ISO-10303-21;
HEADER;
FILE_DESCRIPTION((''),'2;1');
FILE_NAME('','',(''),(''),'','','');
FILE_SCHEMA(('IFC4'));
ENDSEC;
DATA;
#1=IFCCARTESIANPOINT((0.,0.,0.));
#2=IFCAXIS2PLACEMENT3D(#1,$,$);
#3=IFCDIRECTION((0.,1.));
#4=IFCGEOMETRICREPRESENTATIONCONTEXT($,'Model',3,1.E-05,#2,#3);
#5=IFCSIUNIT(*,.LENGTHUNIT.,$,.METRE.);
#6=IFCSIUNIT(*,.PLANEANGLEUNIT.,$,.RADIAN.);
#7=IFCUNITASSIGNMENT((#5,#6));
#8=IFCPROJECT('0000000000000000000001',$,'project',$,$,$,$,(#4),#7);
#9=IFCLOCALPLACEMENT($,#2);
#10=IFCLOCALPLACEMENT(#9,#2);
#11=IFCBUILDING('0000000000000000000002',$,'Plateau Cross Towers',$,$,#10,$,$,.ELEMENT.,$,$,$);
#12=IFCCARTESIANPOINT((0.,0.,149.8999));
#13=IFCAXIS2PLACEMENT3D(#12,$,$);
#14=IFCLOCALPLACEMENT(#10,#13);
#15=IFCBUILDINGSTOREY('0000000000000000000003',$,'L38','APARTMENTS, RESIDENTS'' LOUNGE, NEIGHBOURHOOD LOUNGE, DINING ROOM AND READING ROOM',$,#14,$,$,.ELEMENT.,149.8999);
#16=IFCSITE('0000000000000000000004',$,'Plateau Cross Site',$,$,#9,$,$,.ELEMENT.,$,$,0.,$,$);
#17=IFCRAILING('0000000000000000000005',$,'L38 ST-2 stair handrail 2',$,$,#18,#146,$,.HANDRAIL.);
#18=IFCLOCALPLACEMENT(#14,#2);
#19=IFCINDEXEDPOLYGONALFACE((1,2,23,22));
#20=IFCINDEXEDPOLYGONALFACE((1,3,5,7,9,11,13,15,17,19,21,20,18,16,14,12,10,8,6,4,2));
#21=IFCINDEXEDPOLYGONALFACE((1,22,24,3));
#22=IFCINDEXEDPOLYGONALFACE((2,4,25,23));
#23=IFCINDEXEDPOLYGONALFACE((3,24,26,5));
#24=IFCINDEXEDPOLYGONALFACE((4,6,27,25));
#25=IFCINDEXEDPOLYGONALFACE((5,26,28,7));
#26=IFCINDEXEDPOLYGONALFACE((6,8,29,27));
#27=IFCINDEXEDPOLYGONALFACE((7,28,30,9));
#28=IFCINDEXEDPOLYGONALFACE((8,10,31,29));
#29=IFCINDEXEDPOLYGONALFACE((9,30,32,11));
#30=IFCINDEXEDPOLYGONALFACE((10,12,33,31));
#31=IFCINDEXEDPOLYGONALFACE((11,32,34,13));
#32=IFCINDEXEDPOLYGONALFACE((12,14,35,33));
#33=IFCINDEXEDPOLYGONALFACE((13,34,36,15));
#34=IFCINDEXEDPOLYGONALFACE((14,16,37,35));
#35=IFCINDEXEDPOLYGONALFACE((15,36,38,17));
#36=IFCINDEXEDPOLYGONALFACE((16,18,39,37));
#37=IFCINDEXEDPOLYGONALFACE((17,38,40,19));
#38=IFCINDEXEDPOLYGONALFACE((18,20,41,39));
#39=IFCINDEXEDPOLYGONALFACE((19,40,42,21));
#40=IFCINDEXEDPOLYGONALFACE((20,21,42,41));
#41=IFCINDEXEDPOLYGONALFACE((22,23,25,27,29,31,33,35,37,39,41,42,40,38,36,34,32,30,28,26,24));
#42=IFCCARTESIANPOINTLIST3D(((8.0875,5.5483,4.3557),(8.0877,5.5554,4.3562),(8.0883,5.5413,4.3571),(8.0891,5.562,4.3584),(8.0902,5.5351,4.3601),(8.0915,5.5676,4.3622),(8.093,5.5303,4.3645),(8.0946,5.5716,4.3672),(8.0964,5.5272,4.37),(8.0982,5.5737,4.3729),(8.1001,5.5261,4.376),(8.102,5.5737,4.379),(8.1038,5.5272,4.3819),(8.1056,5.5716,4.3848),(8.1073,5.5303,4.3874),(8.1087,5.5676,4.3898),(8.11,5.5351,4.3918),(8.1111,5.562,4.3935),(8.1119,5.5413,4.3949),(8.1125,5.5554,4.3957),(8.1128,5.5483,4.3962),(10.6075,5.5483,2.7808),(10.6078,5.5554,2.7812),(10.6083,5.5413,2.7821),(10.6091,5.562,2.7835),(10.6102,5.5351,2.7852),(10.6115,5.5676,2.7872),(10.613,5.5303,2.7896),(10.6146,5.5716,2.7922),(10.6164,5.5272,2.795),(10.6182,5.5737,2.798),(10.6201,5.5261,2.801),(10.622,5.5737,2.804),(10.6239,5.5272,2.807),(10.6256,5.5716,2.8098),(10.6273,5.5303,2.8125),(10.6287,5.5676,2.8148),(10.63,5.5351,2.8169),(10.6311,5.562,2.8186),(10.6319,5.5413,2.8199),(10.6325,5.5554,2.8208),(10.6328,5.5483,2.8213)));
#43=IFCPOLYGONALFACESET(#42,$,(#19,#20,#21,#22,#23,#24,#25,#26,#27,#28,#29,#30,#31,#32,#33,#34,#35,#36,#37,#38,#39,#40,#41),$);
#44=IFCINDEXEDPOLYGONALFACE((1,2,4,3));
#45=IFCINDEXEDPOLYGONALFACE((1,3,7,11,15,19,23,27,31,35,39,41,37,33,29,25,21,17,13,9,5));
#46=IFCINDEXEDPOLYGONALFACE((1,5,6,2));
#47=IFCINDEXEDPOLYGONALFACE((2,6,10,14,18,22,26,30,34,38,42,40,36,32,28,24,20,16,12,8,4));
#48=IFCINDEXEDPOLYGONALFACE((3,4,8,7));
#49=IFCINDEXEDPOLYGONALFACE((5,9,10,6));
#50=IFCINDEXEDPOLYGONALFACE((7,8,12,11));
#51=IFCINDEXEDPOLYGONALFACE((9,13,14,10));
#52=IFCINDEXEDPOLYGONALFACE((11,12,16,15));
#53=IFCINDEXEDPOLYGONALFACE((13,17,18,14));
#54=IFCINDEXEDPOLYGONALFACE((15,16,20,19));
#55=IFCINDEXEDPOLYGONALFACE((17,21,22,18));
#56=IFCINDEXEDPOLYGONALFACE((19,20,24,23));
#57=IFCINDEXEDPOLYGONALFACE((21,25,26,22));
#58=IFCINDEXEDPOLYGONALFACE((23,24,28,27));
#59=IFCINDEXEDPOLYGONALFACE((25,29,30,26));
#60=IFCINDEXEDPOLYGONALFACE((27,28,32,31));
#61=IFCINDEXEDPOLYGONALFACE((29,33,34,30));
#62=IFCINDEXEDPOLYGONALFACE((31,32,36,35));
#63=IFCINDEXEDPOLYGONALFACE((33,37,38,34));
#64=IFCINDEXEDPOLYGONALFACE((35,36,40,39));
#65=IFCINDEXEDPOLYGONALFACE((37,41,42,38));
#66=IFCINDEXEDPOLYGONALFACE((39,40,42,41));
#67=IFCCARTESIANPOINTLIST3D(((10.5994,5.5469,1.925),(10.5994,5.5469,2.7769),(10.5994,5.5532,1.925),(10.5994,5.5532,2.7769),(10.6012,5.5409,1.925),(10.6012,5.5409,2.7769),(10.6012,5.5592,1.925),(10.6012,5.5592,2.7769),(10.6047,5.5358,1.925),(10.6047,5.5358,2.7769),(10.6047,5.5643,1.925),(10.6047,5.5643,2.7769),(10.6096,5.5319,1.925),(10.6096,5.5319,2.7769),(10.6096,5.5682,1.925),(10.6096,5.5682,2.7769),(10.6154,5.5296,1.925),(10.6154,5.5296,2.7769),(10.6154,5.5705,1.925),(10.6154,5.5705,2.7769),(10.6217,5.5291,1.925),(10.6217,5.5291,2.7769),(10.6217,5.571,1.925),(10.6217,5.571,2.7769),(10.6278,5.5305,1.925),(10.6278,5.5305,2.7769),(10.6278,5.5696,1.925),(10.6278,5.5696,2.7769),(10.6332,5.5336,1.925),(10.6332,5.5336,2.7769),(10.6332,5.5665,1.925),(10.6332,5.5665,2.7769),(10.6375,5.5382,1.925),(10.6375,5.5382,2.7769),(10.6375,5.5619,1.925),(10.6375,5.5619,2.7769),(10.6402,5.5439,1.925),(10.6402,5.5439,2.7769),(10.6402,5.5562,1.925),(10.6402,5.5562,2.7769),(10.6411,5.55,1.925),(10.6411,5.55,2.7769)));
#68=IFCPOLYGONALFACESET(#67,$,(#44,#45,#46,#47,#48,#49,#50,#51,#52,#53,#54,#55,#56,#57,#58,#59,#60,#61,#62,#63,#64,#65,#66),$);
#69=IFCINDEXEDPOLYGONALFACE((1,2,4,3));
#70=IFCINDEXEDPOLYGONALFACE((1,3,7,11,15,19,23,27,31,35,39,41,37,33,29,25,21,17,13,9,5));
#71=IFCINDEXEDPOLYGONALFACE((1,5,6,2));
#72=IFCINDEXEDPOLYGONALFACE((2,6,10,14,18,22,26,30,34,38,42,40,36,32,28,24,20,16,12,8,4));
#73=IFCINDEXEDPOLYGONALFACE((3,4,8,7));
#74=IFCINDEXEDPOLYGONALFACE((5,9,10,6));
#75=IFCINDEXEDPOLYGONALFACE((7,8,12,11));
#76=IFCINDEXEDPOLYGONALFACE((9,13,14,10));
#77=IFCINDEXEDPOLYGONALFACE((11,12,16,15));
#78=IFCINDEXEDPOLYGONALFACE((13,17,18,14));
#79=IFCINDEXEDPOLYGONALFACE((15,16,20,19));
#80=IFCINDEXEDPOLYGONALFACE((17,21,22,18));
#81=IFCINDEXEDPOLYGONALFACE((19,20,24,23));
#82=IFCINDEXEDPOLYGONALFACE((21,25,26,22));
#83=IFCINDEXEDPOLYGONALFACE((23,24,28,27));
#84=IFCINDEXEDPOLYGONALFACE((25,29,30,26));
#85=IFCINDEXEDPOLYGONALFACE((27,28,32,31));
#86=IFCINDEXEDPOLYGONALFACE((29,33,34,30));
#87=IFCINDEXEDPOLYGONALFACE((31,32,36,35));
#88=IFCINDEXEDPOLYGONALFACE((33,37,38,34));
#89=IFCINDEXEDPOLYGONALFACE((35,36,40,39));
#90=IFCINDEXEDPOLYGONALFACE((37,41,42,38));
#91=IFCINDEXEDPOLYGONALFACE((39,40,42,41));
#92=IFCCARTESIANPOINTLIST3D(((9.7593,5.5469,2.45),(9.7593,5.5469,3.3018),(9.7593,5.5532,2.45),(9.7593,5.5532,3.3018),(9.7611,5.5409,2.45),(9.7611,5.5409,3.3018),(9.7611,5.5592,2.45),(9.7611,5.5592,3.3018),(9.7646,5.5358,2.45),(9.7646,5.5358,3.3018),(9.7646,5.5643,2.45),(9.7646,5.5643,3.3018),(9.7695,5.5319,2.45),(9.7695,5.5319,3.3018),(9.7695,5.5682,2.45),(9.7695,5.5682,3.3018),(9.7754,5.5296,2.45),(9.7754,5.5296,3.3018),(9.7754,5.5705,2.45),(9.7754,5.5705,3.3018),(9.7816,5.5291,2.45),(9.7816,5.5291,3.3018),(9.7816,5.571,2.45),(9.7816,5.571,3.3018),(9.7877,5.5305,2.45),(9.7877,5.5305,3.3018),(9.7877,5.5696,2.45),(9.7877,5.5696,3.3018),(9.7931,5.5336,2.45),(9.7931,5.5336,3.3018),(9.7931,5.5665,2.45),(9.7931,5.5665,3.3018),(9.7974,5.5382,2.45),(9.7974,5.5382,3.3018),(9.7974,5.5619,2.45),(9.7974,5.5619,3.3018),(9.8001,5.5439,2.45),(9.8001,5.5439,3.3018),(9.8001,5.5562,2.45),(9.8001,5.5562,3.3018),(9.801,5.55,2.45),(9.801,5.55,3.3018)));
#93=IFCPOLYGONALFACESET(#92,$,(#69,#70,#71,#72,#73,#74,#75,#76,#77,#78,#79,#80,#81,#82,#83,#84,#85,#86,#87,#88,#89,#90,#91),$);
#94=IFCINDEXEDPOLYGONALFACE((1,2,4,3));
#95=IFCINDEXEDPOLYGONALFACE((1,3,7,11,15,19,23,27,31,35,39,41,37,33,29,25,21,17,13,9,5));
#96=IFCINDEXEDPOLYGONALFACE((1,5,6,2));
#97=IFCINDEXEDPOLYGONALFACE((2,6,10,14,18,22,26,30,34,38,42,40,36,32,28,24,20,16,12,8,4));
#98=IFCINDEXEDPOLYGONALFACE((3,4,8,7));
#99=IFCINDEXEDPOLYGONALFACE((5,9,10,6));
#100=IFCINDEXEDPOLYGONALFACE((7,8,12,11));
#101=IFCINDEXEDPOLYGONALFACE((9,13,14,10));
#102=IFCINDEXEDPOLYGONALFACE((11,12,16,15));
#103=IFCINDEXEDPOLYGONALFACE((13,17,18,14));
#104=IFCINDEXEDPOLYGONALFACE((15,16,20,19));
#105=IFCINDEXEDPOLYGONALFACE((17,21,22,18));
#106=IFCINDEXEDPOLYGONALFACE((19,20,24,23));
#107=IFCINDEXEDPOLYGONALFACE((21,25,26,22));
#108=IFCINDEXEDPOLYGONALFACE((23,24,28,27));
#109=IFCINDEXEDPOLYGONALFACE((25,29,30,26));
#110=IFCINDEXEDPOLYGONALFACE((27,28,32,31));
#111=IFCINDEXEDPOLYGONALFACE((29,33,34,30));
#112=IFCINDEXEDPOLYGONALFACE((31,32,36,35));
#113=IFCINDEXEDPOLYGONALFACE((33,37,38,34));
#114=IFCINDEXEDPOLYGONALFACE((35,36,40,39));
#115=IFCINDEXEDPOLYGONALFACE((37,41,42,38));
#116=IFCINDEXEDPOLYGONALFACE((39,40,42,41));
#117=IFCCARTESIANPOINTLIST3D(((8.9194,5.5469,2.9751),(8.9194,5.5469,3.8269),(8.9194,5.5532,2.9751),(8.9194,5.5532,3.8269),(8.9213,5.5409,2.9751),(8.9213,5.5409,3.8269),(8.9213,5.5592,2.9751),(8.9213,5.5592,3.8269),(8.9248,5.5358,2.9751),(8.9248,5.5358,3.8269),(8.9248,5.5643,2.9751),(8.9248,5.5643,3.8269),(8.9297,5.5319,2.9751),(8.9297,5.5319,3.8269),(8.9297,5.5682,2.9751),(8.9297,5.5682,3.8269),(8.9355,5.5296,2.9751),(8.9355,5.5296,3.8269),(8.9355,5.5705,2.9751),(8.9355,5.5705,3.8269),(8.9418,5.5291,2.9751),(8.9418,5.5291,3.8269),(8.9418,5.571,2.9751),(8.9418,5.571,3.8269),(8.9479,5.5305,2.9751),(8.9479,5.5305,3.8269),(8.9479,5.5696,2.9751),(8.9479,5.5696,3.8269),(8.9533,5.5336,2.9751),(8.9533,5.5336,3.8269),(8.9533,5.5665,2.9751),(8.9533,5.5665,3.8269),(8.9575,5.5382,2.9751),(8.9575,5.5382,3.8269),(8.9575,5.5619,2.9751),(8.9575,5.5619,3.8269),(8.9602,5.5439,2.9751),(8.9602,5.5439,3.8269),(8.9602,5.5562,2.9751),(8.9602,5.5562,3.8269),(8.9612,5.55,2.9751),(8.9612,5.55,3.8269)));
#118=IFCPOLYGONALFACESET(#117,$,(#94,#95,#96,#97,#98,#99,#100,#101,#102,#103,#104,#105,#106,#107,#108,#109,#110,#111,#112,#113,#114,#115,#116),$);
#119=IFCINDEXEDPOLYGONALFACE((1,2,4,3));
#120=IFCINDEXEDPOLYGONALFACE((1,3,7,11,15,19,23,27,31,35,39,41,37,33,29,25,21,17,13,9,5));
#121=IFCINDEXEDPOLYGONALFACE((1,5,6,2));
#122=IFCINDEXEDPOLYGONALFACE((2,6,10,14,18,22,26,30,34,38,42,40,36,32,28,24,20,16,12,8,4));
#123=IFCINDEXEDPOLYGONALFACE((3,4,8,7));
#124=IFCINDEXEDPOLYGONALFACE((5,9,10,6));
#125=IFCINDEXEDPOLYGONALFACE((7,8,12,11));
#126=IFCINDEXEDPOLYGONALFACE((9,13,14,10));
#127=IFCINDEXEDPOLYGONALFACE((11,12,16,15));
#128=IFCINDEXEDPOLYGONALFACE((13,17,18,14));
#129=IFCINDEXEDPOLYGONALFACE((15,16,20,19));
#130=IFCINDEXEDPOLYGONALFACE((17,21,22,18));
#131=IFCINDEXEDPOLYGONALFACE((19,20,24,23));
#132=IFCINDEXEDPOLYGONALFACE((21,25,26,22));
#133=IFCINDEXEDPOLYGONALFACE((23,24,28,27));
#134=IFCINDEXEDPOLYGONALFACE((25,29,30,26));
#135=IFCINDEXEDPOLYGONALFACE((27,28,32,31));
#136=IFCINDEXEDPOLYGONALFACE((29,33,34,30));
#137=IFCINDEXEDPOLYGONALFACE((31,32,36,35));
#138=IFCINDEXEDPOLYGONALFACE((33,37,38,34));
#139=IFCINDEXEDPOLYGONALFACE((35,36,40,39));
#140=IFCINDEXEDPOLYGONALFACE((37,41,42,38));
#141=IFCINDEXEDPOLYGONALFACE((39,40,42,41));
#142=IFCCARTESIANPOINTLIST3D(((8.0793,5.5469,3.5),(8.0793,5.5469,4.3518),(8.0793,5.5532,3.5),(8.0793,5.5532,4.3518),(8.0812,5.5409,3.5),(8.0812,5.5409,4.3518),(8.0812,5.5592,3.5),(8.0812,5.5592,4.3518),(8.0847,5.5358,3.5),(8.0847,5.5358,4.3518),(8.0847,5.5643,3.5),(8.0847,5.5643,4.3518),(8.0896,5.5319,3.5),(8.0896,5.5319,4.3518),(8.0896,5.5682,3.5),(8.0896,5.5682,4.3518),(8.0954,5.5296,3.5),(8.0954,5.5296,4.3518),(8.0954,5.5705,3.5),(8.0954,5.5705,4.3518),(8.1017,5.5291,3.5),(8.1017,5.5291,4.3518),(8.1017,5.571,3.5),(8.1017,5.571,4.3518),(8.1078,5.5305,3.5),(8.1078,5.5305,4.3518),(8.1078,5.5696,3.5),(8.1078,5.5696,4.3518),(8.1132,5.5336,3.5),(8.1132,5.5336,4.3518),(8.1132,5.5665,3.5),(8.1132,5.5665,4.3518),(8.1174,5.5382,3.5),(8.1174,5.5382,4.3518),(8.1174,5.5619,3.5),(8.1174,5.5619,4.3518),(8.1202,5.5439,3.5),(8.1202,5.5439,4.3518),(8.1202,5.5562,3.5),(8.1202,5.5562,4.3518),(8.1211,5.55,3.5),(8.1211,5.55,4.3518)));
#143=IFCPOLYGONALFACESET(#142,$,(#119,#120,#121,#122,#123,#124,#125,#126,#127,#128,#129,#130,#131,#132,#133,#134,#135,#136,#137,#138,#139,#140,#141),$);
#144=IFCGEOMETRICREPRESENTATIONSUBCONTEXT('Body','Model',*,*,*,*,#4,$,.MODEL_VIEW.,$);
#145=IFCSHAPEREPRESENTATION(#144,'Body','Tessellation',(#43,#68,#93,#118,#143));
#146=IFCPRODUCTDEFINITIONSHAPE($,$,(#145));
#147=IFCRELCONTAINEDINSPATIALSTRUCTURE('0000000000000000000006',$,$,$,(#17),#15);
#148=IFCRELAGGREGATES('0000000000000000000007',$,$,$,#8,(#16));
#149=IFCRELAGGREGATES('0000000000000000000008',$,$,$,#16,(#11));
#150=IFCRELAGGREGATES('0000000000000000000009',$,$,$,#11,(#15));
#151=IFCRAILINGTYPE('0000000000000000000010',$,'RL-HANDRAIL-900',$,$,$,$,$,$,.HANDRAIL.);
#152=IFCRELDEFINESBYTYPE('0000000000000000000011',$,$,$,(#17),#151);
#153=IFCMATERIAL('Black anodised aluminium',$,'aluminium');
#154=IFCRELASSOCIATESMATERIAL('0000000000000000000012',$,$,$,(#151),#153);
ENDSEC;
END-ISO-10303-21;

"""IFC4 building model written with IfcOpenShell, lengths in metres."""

from ifc_helpers import new_model, si_unit, direction, frame, origin, origin_2d, place, context, subcontext, project, spatial, circle, extrude, material, type_object, element, save


model = new_model("IFC4")

# Units and contexts
model_context = context("Model", 3, precision=1e-05, world=origin(), true_north=direction((0.0, 1.0)))
body_context = subcontext(model_context, "Body", "Model", "MODEL_VIEW")
ifc_project = project(units=[si_unit("LENGTHUNIT", "METRE"), si_unit("PLANEANGLEUNIT", "RADIAN")], contexts=[model_context])

# Site, building, storey
site_placement = place(None, origin())
site = spatial("IfcSite", under=ifc_project, at=site_placement, Name="Plateau Cross Site", CompositionType="ELEMENT", RefElevation=0.0)
building_placement = place(site_placement, origin())
building = spatial("IfcBuilding", under=site, at=building_placement, Name="Plateau Cross Towers", CompositionType="ELEMENT")
storey_placement = place(building_placement, frame((0.0, 0.0, 149.8999)))
storey = spatial("IfcBuildingStorey", under=building, at=storey_placement, Name="L38", Description="APARTMENTS, RESIDENTS' LOUNGE, NEIGHBOURHOOD LOUNGE, DINING ROOM AND READING ROOM", CompositionType="ELEMENT", Elevation=149.8999)

# Shared definitions
ifc_material_1 = material(Name="Black anodised aluminium", Category="aluminium")

# Railing
railing_type_1 = type_object("IfcRailingType", Name="RL-HANDRAIL-900", PredefinedType="HANDRAIL", material=ifc_material_1)
railing_1_placement = place(storey_placement, frame((10.6201, 5.55, 1.925)))
element("IfcRailing", 1, at=railing_1_placement, inside=storey, type_object=railing_type_1, Name="L38 ST-2 stair handrail 2", PredefinedType="HANDRAIL", context=body_context, shape_type="SweptSolid", body=[
    extrude(circle(Radius=0.0239, at=origin_2d()), frame((0.0, 0.0, 0.876), z_axis=(-0.848008, 0.0, 0.529984), x_axis=(0.0, -1.0, 0.0)), (0.0, 0.0, 1.0), 2.9717),
    extrude(circle(Radius=0.021, at=origin_2d()), origin(), (0.0, 0.0, 1.0), 0.8518),
    extrude(circle(Radius=0.021, at=origin_2d()), frame((-0.8401, 0.0, 0.5249)), (0.0, 0.0, 1.0), 0.8518),
    extrude(circle(Radius=0.021, at=origin_2d()), frame((-1.6799, 0.0, 1.05)), (0.0, 0.0, 1.0), 0.8518),
    extrude(circle(Radius=0.021, at=origin_2d()), frame((-2.52, 0.0, 1.575)), (0.0, 0.0, 1.0), 0.8518),
])

save(model, "model.ifc")
